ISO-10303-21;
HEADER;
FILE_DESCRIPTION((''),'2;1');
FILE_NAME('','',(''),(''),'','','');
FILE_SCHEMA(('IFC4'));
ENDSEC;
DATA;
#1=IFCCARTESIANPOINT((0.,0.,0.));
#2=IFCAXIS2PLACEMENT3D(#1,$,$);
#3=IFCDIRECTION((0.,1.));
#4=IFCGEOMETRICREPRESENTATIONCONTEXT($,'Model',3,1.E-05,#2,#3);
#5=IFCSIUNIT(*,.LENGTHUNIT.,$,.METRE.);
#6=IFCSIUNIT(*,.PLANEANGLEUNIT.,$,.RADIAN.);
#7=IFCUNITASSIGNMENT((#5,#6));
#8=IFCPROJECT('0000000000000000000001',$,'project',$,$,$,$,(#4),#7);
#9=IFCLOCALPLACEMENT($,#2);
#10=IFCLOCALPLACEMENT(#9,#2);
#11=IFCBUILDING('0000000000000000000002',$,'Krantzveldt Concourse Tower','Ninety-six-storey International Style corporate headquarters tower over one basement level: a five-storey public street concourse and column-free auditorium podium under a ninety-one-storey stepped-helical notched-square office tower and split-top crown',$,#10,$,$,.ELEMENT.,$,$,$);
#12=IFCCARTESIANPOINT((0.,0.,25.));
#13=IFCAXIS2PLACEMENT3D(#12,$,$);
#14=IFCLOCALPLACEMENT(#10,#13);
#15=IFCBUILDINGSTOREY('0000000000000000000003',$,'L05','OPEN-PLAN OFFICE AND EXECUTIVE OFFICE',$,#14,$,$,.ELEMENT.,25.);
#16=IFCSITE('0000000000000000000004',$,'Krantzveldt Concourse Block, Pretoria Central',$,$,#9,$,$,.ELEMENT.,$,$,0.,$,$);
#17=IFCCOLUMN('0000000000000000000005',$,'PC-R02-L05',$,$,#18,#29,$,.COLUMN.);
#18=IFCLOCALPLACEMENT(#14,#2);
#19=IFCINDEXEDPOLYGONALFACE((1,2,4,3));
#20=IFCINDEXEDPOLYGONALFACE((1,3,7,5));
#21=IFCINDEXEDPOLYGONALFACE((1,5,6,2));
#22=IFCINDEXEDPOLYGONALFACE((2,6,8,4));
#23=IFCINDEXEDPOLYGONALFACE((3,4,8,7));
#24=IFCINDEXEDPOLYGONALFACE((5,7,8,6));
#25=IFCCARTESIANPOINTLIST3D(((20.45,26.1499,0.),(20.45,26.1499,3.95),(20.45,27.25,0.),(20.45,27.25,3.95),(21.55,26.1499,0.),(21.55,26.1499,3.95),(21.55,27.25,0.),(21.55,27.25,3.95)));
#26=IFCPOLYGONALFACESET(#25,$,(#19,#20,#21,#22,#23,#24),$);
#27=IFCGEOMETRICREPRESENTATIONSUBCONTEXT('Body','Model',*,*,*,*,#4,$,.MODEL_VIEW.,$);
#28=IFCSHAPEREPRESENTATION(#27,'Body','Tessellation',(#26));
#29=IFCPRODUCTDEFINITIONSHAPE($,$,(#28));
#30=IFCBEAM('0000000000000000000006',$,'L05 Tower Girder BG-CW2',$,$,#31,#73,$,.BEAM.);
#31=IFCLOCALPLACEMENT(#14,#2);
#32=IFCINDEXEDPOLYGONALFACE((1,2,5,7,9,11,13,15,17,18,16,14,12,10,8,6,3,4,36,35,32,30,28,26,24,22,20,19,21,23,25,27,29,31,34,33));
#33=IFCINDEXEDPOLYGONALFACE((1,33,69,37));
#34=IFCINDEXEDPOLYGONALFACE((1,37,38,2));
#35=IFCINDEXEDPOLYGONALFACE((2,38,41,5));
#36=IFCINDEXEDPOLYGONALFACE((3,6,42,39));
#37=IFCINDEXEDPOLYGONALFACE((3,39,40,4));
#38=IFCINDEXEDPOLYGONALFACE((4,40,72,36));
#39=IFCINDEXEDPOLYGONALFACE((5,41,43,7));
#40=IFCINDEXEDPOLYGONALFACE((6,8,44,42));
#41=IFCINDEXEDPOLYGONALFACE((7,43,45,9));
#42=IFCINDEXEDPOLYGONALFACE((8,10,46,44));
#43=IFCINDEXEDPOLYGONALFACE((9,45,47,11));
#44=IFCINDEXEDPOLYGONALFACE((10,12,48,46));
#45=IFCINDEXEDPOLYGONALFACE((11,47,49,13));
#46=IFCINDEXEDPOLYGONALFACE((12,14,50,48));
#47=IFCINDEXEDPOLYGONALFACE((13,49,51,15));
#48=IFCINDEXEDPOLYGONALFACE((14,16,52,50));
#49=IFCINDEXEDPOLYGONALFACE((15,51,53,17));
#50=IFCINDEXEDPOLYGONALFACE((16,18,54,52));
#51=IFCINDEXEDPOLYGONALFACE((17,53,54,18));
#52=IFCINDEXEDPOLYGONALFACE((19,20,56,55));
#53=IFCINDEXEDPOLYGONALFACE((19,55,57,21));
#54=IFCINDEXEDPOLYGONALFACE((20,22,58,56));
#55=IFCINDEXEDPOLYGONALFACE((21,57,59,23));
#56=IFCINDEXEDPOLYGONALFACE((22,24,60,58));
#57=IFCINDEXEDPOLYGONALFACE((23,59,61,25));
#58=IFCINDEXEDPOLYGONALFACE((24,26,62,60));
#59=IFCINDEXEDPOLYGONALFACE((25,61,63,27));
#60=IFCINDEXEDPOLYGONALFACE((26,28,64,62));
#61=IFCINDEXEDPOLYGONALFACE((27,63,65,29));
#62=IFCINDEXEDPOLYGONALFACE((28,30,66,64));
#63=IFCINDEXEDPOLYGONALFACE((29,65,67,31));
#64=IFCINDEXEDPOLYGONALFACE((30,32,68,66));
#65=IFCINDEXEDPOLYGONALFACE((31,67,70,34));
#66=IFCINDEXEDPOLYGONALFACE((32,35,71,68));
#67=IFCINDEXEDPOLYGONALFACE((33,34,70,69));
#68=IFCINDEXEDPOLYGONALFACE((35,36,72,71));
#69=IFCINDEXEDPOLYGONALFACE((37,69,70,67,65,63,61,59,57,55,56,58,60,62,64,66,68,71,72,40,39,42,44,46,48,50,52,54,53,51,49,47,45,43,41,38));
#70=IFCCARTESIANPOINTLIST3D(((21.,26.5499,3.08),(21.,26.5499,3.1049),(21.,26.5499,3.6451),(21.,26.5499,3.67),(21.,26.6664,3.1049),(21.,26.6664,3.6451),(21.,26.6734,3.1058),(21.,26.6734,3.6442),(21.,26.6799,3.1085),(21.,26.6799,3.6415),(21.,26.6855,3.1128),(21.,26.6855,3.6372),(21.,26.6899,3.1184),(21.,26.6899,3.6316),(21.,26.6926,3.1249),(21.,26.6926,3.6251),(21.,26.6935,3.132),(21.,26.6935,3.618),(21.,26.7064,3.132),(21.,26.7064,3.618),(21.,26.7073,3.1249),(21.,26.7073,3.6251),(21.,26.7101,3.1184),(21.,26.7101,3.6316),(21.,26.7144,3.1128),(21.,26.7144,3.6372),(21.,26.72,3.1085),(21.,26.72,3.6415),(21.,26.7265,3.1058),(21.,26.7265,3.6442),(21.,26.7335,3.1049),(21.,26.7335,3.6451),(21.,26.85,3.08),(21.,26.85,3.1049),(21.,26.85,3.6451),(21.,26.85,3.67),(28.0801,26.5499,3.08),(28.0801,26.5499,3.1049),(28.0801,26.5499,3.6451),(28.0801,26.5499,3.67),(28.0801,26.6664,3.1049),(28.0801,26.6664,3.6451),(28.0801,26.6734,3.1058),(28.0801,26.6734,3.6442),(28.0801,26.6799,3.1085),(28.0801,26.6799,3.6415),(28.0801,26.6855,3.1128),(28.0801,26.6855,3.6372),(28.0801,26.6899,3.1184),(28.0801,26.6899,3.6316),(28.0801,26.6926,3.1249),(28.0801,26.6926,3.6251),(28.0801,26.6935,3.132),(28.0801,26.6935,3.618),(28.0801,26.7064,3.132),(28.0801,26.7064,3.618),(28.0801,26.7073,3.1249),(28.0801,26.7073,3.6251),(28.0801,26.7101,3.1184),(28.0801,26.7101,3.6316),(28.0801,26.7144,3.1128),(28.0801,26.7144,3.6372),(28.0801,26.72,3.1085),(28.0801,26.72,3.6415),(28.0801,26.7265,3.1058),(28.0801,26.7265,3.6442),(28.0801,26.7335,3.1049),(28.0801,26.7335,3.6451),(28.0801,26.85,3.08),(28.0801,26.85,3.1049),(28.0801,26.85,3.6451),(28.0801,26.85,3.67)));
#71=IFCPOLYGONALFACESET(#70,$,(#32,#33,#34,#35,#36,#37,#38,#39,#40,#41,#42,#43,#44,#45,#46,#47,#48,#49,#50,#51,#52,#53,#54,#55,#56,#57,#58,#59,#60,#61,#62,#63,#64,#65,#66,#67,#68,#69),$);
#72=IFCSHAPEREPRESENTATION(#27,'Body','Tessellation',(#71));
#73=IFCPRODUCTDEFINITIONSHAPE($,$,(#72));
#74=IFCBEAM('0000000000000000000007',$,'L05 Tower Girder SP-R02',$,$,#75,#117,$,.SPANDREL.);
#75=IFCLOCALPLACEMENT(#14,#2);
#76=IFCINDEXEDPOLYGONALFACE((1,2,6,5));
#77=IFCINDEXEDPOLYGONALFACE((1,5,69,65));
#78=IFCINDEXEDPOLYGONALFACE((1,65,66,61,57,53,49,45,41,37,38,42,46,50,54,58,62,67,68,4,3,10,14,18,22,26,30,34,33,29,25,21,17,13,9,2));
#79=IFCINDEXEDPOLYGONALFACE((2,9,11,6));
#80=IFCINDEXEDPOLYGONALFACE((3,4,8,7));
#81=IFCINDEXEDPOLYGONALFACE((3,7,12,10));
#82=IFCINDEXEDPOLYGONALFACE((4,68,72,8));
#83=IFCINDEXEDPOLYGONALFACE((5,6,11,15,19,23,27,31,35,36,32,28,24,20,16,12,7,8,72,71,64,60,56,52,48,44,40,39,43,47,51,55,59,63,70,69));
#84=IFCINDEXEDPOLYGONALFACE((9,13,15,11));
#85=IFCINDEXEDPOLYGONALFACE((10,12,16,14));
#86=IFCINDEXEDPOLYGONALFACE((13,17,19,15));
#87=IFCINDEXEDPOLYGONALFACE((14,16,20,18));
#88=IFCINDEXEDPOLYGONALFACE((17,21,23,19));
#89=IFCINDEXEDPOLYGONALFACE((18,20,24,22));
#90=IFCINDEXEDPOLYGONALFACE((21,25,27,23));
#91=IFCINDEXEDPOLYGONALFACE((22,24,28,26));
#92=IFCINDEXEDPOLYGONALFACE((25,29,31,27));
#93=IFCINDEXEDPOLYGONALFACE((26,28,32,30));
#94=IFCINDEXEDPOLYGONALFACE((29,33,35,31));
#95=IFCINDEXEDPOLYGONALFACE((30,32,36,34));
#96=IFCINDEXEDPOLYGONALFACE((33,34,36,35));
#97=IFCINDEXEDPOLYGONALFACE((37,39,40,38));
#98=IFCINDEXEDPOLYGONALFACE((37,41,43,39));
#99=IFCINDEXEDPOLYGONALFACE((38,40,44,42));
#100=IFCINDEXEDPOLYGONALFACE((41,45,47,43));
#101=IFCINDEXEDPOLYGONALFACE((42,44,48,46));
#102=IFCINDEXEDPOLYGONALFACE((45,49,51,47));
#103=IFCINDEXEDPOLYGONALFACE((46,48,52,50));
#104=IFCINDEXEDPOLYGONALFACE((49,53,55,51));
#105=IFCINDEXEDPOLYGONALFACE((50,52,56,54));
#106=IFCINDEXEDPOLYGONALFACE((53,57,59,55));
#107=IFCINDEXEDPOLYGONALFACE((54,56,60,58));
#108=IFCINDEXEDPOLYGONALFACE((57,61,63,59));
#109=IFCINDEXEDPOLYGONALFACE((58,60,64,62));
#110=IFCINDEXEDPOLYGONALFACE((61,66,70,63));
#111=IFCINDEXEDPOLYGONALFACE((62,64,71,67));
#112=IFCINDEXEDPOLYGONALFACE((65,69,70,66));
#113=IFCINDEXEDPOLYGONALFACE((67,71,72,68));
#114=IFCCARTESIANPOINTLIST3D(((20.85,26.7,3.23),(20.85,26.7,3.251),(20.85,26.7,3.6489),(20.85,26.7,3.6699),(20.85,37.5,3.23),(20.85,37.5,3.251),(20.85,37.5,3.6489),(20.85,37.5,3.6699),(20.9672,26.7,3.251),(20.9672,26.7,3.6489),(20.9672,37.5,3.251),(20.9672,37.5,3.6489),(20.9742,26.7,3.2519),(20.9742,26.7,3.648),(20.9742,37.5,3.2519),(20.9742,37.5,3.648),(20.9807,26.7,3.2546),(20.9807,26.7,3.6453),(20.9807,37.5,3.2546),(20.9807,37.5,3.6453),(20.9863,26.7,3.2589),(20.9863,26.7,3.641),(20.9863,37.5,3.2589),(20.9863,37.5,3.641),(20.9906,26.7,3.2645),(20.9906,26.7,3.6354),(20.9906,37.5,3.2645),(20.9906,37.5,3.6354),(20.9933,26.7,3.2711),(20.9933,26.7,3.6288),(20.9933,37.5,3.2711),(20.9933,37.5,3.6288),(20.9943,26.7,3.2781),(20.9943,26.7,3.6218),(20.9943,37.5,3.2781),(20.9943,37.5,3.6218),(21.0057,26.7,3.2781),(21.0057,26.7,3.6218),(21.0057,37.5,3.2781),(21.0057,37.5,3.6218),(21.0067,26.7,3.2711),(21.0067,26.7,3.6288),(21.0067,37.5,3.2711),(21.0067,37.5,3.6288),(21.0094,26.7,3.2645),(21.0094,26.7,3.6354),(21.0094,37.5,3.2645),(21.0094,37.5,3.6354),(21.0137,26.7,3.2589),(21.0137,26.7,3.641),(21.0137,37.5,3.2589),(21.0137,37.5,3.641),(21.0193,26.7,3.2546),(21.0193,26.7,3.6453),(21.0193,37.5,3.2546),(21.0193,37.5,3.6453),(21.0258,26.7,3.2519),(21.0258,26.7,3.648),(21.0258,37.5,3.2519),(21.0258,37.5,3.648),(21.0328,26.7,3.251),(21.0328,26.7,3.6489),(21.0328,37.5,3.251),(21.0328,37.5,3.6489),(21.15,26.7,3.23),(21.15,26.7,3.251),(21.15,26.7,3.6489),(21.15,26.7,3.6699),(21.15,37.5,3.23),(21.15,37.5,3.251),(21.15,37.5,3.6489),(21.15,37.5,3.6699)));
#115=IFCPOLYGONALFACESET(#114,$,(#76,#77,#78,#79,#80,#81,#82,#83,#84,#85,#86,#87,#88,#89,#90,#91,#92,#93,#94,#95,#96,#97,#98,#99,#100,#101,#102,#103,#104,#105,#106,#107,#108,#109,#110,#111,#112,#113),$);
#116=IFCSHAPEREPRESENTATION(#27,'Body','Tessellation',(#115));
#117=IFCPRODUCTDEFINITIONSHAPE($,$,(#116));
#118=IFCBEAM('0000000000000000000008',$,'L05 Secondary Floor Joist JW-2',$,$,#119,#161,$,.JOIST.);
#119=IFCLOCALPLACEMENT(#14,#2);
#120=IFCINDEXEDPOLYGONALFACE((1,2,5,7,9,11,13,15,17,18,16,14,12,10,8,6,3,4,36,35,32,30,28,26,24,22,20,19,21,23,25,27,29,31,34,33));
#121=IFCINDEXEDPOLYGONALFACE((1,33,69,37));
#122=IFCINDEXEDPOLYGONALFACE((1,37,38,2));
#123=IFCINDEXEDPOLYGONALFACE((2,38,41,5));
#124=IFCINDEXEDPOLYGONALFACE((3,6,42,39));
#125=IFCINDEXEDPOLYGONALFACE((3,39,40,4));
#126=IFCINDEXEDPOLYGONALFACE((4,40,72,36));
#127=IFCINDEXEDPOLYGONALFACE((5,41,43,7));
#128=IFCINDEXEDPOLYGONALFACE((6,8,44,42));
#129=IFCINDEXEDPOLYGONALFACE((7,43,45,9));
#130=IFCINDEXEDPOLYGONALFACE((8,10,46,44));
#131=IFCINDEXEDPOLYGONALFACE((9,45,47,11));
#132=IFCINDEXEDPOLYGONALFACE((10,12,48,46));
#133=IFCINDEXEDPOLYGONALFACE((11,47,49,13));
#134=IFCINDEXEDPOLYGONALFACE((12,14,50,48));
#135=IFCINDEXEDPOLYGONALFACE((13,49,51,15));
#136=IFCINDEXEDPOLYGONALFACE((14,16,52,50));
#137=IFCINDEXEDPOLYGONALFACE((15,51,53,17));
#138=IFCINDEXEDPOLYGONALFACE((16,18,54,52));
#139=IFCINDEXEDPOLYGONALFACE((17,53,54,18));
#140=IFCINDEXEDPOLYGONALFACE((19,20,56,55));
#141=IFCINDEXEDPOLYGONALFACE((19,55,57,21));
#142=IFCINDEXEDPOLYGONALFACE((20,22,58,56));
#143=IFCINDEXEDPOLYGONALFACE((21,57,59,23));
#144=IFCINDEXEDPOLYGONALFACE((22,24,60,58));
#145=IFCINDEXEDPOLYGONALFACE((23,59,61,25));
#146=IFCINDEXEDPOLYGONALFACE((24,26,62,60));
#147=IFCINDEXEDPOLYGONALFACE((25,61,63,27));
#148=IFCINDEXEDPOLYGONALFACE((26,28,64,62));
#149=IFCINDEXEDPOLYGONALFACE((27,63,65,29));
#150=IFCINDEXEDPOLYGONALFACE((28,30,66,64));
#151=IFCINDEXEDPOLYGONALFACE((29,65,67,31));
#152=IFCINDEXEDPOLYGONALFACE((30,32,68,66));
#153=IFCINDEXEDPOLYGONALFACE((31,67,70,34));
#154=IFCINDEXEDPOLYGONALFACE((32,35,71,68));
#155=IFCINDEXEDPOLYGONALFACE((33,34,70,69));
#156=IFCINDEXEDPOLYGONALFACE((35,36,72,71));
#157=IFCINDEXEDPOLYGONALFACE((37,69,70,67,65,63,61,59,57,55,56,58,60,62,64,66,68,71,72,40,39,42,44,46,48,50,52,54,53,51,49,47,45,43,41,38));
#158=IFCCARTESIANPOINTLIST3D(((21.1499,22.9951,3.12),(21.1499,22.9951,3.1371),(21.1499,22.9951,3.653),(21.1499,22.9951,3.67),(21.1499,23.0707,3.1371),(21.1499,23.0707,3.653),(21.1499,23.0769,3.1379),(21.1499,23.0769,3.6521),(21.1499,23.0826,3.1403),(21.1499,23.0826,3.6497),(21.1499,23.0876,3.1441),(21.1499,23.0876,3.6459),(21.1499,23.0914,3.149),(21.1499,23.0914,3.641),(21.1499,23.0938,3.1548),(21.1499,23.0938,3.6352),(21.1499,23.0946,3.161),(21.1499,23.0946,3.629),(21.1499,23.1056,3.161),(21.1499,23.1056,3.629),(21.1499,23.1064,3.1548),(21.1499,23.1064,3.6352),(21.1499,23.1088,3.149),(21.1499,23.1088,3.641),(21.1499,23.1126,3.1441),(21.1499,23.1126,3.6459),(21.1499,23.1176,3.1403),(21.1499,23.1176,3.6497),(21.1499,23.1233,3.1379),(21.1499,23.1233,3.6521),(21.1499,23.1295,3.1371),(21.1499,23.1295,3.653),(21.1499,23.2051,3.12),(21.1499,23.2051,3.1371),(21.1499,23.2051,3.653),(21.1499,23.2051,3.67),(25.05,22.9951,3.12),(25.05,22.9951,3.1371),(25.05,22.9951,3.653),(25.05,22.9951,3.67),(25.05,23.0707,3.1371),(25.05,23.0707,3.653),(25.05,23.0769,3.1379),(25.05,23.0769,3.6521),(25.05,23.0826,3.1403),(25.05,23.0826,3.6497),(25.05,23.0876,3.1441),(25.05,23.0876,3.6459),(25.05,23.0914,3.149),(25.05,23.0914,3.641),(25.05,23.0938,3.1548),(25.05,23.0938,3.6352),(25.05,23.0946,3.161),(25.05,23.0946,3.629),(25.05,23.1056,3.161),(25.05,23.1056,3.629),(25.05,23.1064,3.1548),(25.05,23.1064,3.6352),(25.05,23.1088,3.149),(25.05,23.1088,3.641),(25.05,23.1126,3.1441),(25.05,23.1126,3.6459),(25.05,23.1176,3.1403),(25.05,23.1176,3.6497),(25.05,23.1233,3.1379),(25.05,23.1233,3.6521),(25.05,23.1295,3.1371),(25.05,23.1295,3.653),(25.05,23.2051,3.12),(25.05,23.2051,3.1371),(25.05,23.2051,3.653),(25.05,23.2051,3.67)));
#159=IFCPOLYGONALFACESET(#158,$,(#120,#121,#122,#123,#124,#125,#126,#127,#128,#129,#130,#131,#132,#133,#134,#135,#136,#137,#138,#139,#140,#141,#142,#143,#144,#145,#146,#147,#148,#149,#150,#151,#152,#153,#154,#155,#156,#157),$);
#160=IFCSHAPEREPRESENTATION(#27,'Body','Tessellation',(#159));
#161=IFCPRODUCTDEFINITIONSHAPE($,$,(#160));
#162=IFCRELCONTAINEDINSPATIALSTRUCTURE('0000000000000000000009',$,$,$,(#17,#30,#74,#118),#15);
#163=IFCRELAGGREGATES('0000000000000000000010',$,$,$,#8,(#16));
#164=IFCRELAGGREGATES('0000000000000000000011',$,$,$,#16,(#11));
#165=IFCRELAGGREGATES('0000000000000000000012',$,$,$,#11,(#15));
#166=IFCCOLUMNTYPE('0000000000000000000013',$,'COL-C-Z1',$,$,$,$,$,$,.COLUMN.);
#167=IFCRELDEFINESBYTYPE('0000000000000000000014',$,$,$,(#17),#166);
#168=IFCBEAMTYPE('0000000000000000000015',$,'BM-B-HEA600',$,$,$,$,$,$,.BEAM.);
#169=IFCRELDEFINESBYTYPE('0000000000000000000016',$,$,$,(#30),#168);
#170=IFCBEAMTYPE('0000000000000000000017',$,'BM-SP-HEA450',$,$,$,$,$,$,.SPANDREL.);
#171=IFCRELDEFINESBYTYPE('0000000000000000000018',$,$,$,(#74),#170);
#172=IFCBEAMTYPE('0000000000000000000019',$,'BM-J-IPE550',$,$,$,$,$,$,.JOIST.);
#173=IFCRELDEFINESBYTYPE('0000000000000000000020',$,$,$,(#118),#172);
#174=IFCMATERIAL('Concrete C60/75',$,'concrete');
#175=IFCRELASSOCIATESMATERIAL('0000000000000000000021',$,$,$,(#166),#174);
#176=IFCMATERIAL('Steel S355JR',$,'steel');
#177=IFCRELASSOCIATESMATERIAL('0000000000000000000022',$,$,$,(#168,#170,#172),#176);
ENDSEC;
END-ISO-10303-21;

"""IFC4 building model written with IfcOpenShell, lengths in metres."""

from ifc_helpers import new_model, si_unit, direction, frame, origin, origin_2d, place, context, subcontext, project, spatial, rectangle, i_section, extrude, source, transform, mapped, material, material_profile, profile_set, type_object, type_shapes, element, save


model = new_model("IFC4")

# Units and contexts
model_context = context("Model", 3, precision=1e-05, world=origin(), true_north=direction((0.0, 1.0)))
body_context = subcontext(model_context, "Body", "Model", "MODEL_VIEW")
ifc_project = project(units=[si_unit("LENGTHUNIT", "METRE"), si_unit("PLANEANGLEUNIT", "RADIAN")], contexts=[model_context])

# Site, building, storey
site_placement = place(None, origin())
site = spatial("IfcSite", under=ifc_project, at=site_placement, Name="Krantzveldt Concourse Block, Pretoria Central", CompositionType="ELEMENT", RefElevation=0.0)
building_placement = place(site_placement, origin())
building = spatial("IfcBuilding", under=site, at=building_placement, Name="Krantzveldt Concourse Tower", Description="Ninety-six-storey International Style corporate headquarters tower over one basement level: a five-storey public street concourse and column-free auditorium podium under a ninety-one-storey stepped-helical notched-square office tower and split-top crown", CompositionType="ELEMENT")
storey_placement = place(building_placement, frame((0.0, 0.0, 25.0)))
storey = spatial("IfcBuildingStorey", under=building, at=storey_placement, Name="L05", Description="OPEN-PLAN OFFICE AND EXECUTIVE OFFICE", CompositionType="ELEMENT", Elevation=25.0)

# Column
ifc_material_1 = material(Name="Concrete C60/75", Category="concrete")
ifc_material_profile_1 = material_profile(ifc_material_1, rectangle(XDim=1.1001, YDim=1.1001, at=origin_2d()), Name="Concrete C60/75", Category="concrete")
ifc_profile_set_1 = profile_set([ifc_material_profile_1], Name="Concrete C60/75 - RC 1100x1100")
column_type = type_object("IfcColumnType", Name="COL-C-Z1", PredefinedType="COLUMN", material=ifc_profile_set_1)
shared_shape_1 = source(origin(), body_context, "Body", "SweptSolid", [
    extrude(rectangle(XDim=1.1001, YDim=1.1001, at=origin_2d()), origin(), (0.0, 0.0, 1.0), 3.95),
])
type_shapes(column_type, [shared_shape_1])
column_placement = place(storey_placement, frame((21.0, 26.7, 0.0), z_axis=(0.0, 0.0, 1.0), x_axis=(1.0, 0.0, 0.0)))
element("IfcColumn", 1, at=column_placement, inside=storey, type_object=column_type, Name="PC-R02-L05", PredefinedType="COLUMN", context=body_context, shape_type="MappedRepresentation", body=[
    mapped(shared_shape_1, transform((0.0, 0.0, 0.0), x_axis=(1.0, 0.0, 0.0), y_axis=(0.0, 1.0, 0.0), z_axis=(0.0, 0.0, 1.0), scale=1.0)),
])

# Beams
ifc_material_2 = material(Name="Steel S355JR", Category="steel")
ifc_material_profile_2 = material_profile(ifc_material_2, i_section(OverallWidth=0.3, OverallDepth=0.5901, WebThickness=0.0129, FlangeThickness=0.0249, FilletRadius=0.0271, at=origin_2d()), Name="Steel S355JR", Category="steel")
ifc_profile_set_2 = profile_set([ifc_material_profile_2], Name="Steel S355JR - HEA 600")
beam_type_1 = type_object("IfcBeamType", Name="BM-B-HEA600", PredefinedType="BEAM", material=ifc_profile_set_2)
shared_shape_2 = source(origin(), body_context, "Body", "SweptSolid", [
    extrude(i_section(OverallWidth=0.3, OverallDepth=0.5901, WebThickness=0.0129, FlangeThickness=0.0249, FilletRadius=0.0271, at=origin_2d()), origin(), (0.0, 0.0, 1.0), 7.0801),
])
type_shapes(beam_type_1, [shared_shape_2])
beam_1_placement = place(storey_placement, frame((21.0, 26.7, 3.375), z_axis=(1.0, 0.0, 0.0), x_axis=(0.0, 1.0, 0.0)))
element("IfcBeam", 2, at=beam_1_placement, inside=storey, type_object=beam_type_1, Name="L05 Tower Girder BG-CW2", PredefinedType="BEAM", context=body_context, shape_type="MappedRepresentation", body=[
    mapped(shared_shape_2, transform((0.0, 0.0, 0.0), x_axis=(1.0, 0.0, 0.0), y_axis=(0.0, 1.0, 0.0), z_axis=(0.0, 0.0, 1.0), scale=1.0)),
])
ifc_material_profile_3 = material_profile(ifc_material_2, i_section(OverallWidth=0.3, OverallDepth=0.4399, WebThickness=0.0115, FlangeThickness=0.021, FilletRadius=0.0271, at=origin_2d()), Name="Steel S355JR", Category="steel")
ifc_profile_set_3 = profile_set([ifc_material_profile_3], Name="Steel S355JR - HEA 450")
beam_type_2 = type_object("IfcBeamType", Name="BM-SP-HEA450", PredefinedType="SPANDREL", material=ifc_profile_set_3)
shared_shape_3 = source(origin(), body_context, "Body", "SweptSolid", [
    extrude(i_section(OverallWidth=0.3, OverallDepth=0.4399, WebThickness=0.0115, FlangeThickness=0.021, FilletRadius=0.0271, at=origin_2d()), origin(), (0.0, 0.0, 1.0), 10.8),
])
type_shapes(beam_type_2, [shared_shape_3])
beam_2_placement = place(storey_placement, frame((21.0, 26.7, 3.45), z_axis=(0.0, 1.0, 0.0), x_axis=(-1.0, 0.0, 0.0)))
element("IfcBeam", 3, at=beam_2_placement, inside=storey, type_object=beam_type_2, Name="L05 Tower Girder SP-R02", PredefinedType="SPANDREL", context=body_context, shape_type="MappedRepresentation", body=[
    mapped(shared_shape_3, transform((0.0, 0.0, 0.0), x_axis=(1.0, 0.0, 0.0), y_axis=(0.0, 1.0, 0.0), z_axis=(0.0, 0.0, 1.0), scale=1.0)),
])
ifc_material_profile_4 = material_profile(ifc_material_2, i_section(OverallWidth=0.21, OverallDepth=0.55, WebThickness=0.011, FlangeThickness=0.0171, FilletRadius=0.0239, at=origin_2d()), Name="Steel S355JR", Category="steel")
ifc_profile_set_4 = profile_set([ifc_material_profile_4], Name="Steel S355JR - IPE 550")
beam_type_3 = type_object("IfcBeamType", Name="BM-J-IPE550", PredefinedType="JOIST", material=ifc_profile_set_4)
shared_shape_4 = source(origin(), body_context, "Body", "SweptSolid", [
    extrude(i_section(OverallWidth=0.21, OverallDepth=0.55, WebThickness=0.011, FlangeThickness=0.0171, FilletRadius=0.0239, at=origin_2d()), origin(), (0.0, 0.0, 1.0), 3.9001),
])
type_shapes(beam_type_3, [shared_shape_4])
for number, where, z_axis, x_axis, name in (
    (4, (21.1499, 23.1001, 3.395), (1.0, 0.0, 0.0), (0.0, 1.0, 0.0), "L05 Secondary Floor Joist JW-2"),
):
    element("IfcBeam", number, at=place(storey_placement, frame(where, z_axis=z_axis, x_axis=x_axis)), inside=storey, type_object=beam_type_3, Name=name, PredefinedType="JOIST", context=body_context, shape_type="MappedRepresentation", body=[
        mapped(shared_shape_4, transform((0.0, 0.0, 0.0), x_axis=(1.0, 0.0, 0.0), y_axis=(0.0, 1.0, 0.0), z_axis=(0.0, 0.0, 1.0), scale=1.0)),
    ])

save(model, "model.ifc")
